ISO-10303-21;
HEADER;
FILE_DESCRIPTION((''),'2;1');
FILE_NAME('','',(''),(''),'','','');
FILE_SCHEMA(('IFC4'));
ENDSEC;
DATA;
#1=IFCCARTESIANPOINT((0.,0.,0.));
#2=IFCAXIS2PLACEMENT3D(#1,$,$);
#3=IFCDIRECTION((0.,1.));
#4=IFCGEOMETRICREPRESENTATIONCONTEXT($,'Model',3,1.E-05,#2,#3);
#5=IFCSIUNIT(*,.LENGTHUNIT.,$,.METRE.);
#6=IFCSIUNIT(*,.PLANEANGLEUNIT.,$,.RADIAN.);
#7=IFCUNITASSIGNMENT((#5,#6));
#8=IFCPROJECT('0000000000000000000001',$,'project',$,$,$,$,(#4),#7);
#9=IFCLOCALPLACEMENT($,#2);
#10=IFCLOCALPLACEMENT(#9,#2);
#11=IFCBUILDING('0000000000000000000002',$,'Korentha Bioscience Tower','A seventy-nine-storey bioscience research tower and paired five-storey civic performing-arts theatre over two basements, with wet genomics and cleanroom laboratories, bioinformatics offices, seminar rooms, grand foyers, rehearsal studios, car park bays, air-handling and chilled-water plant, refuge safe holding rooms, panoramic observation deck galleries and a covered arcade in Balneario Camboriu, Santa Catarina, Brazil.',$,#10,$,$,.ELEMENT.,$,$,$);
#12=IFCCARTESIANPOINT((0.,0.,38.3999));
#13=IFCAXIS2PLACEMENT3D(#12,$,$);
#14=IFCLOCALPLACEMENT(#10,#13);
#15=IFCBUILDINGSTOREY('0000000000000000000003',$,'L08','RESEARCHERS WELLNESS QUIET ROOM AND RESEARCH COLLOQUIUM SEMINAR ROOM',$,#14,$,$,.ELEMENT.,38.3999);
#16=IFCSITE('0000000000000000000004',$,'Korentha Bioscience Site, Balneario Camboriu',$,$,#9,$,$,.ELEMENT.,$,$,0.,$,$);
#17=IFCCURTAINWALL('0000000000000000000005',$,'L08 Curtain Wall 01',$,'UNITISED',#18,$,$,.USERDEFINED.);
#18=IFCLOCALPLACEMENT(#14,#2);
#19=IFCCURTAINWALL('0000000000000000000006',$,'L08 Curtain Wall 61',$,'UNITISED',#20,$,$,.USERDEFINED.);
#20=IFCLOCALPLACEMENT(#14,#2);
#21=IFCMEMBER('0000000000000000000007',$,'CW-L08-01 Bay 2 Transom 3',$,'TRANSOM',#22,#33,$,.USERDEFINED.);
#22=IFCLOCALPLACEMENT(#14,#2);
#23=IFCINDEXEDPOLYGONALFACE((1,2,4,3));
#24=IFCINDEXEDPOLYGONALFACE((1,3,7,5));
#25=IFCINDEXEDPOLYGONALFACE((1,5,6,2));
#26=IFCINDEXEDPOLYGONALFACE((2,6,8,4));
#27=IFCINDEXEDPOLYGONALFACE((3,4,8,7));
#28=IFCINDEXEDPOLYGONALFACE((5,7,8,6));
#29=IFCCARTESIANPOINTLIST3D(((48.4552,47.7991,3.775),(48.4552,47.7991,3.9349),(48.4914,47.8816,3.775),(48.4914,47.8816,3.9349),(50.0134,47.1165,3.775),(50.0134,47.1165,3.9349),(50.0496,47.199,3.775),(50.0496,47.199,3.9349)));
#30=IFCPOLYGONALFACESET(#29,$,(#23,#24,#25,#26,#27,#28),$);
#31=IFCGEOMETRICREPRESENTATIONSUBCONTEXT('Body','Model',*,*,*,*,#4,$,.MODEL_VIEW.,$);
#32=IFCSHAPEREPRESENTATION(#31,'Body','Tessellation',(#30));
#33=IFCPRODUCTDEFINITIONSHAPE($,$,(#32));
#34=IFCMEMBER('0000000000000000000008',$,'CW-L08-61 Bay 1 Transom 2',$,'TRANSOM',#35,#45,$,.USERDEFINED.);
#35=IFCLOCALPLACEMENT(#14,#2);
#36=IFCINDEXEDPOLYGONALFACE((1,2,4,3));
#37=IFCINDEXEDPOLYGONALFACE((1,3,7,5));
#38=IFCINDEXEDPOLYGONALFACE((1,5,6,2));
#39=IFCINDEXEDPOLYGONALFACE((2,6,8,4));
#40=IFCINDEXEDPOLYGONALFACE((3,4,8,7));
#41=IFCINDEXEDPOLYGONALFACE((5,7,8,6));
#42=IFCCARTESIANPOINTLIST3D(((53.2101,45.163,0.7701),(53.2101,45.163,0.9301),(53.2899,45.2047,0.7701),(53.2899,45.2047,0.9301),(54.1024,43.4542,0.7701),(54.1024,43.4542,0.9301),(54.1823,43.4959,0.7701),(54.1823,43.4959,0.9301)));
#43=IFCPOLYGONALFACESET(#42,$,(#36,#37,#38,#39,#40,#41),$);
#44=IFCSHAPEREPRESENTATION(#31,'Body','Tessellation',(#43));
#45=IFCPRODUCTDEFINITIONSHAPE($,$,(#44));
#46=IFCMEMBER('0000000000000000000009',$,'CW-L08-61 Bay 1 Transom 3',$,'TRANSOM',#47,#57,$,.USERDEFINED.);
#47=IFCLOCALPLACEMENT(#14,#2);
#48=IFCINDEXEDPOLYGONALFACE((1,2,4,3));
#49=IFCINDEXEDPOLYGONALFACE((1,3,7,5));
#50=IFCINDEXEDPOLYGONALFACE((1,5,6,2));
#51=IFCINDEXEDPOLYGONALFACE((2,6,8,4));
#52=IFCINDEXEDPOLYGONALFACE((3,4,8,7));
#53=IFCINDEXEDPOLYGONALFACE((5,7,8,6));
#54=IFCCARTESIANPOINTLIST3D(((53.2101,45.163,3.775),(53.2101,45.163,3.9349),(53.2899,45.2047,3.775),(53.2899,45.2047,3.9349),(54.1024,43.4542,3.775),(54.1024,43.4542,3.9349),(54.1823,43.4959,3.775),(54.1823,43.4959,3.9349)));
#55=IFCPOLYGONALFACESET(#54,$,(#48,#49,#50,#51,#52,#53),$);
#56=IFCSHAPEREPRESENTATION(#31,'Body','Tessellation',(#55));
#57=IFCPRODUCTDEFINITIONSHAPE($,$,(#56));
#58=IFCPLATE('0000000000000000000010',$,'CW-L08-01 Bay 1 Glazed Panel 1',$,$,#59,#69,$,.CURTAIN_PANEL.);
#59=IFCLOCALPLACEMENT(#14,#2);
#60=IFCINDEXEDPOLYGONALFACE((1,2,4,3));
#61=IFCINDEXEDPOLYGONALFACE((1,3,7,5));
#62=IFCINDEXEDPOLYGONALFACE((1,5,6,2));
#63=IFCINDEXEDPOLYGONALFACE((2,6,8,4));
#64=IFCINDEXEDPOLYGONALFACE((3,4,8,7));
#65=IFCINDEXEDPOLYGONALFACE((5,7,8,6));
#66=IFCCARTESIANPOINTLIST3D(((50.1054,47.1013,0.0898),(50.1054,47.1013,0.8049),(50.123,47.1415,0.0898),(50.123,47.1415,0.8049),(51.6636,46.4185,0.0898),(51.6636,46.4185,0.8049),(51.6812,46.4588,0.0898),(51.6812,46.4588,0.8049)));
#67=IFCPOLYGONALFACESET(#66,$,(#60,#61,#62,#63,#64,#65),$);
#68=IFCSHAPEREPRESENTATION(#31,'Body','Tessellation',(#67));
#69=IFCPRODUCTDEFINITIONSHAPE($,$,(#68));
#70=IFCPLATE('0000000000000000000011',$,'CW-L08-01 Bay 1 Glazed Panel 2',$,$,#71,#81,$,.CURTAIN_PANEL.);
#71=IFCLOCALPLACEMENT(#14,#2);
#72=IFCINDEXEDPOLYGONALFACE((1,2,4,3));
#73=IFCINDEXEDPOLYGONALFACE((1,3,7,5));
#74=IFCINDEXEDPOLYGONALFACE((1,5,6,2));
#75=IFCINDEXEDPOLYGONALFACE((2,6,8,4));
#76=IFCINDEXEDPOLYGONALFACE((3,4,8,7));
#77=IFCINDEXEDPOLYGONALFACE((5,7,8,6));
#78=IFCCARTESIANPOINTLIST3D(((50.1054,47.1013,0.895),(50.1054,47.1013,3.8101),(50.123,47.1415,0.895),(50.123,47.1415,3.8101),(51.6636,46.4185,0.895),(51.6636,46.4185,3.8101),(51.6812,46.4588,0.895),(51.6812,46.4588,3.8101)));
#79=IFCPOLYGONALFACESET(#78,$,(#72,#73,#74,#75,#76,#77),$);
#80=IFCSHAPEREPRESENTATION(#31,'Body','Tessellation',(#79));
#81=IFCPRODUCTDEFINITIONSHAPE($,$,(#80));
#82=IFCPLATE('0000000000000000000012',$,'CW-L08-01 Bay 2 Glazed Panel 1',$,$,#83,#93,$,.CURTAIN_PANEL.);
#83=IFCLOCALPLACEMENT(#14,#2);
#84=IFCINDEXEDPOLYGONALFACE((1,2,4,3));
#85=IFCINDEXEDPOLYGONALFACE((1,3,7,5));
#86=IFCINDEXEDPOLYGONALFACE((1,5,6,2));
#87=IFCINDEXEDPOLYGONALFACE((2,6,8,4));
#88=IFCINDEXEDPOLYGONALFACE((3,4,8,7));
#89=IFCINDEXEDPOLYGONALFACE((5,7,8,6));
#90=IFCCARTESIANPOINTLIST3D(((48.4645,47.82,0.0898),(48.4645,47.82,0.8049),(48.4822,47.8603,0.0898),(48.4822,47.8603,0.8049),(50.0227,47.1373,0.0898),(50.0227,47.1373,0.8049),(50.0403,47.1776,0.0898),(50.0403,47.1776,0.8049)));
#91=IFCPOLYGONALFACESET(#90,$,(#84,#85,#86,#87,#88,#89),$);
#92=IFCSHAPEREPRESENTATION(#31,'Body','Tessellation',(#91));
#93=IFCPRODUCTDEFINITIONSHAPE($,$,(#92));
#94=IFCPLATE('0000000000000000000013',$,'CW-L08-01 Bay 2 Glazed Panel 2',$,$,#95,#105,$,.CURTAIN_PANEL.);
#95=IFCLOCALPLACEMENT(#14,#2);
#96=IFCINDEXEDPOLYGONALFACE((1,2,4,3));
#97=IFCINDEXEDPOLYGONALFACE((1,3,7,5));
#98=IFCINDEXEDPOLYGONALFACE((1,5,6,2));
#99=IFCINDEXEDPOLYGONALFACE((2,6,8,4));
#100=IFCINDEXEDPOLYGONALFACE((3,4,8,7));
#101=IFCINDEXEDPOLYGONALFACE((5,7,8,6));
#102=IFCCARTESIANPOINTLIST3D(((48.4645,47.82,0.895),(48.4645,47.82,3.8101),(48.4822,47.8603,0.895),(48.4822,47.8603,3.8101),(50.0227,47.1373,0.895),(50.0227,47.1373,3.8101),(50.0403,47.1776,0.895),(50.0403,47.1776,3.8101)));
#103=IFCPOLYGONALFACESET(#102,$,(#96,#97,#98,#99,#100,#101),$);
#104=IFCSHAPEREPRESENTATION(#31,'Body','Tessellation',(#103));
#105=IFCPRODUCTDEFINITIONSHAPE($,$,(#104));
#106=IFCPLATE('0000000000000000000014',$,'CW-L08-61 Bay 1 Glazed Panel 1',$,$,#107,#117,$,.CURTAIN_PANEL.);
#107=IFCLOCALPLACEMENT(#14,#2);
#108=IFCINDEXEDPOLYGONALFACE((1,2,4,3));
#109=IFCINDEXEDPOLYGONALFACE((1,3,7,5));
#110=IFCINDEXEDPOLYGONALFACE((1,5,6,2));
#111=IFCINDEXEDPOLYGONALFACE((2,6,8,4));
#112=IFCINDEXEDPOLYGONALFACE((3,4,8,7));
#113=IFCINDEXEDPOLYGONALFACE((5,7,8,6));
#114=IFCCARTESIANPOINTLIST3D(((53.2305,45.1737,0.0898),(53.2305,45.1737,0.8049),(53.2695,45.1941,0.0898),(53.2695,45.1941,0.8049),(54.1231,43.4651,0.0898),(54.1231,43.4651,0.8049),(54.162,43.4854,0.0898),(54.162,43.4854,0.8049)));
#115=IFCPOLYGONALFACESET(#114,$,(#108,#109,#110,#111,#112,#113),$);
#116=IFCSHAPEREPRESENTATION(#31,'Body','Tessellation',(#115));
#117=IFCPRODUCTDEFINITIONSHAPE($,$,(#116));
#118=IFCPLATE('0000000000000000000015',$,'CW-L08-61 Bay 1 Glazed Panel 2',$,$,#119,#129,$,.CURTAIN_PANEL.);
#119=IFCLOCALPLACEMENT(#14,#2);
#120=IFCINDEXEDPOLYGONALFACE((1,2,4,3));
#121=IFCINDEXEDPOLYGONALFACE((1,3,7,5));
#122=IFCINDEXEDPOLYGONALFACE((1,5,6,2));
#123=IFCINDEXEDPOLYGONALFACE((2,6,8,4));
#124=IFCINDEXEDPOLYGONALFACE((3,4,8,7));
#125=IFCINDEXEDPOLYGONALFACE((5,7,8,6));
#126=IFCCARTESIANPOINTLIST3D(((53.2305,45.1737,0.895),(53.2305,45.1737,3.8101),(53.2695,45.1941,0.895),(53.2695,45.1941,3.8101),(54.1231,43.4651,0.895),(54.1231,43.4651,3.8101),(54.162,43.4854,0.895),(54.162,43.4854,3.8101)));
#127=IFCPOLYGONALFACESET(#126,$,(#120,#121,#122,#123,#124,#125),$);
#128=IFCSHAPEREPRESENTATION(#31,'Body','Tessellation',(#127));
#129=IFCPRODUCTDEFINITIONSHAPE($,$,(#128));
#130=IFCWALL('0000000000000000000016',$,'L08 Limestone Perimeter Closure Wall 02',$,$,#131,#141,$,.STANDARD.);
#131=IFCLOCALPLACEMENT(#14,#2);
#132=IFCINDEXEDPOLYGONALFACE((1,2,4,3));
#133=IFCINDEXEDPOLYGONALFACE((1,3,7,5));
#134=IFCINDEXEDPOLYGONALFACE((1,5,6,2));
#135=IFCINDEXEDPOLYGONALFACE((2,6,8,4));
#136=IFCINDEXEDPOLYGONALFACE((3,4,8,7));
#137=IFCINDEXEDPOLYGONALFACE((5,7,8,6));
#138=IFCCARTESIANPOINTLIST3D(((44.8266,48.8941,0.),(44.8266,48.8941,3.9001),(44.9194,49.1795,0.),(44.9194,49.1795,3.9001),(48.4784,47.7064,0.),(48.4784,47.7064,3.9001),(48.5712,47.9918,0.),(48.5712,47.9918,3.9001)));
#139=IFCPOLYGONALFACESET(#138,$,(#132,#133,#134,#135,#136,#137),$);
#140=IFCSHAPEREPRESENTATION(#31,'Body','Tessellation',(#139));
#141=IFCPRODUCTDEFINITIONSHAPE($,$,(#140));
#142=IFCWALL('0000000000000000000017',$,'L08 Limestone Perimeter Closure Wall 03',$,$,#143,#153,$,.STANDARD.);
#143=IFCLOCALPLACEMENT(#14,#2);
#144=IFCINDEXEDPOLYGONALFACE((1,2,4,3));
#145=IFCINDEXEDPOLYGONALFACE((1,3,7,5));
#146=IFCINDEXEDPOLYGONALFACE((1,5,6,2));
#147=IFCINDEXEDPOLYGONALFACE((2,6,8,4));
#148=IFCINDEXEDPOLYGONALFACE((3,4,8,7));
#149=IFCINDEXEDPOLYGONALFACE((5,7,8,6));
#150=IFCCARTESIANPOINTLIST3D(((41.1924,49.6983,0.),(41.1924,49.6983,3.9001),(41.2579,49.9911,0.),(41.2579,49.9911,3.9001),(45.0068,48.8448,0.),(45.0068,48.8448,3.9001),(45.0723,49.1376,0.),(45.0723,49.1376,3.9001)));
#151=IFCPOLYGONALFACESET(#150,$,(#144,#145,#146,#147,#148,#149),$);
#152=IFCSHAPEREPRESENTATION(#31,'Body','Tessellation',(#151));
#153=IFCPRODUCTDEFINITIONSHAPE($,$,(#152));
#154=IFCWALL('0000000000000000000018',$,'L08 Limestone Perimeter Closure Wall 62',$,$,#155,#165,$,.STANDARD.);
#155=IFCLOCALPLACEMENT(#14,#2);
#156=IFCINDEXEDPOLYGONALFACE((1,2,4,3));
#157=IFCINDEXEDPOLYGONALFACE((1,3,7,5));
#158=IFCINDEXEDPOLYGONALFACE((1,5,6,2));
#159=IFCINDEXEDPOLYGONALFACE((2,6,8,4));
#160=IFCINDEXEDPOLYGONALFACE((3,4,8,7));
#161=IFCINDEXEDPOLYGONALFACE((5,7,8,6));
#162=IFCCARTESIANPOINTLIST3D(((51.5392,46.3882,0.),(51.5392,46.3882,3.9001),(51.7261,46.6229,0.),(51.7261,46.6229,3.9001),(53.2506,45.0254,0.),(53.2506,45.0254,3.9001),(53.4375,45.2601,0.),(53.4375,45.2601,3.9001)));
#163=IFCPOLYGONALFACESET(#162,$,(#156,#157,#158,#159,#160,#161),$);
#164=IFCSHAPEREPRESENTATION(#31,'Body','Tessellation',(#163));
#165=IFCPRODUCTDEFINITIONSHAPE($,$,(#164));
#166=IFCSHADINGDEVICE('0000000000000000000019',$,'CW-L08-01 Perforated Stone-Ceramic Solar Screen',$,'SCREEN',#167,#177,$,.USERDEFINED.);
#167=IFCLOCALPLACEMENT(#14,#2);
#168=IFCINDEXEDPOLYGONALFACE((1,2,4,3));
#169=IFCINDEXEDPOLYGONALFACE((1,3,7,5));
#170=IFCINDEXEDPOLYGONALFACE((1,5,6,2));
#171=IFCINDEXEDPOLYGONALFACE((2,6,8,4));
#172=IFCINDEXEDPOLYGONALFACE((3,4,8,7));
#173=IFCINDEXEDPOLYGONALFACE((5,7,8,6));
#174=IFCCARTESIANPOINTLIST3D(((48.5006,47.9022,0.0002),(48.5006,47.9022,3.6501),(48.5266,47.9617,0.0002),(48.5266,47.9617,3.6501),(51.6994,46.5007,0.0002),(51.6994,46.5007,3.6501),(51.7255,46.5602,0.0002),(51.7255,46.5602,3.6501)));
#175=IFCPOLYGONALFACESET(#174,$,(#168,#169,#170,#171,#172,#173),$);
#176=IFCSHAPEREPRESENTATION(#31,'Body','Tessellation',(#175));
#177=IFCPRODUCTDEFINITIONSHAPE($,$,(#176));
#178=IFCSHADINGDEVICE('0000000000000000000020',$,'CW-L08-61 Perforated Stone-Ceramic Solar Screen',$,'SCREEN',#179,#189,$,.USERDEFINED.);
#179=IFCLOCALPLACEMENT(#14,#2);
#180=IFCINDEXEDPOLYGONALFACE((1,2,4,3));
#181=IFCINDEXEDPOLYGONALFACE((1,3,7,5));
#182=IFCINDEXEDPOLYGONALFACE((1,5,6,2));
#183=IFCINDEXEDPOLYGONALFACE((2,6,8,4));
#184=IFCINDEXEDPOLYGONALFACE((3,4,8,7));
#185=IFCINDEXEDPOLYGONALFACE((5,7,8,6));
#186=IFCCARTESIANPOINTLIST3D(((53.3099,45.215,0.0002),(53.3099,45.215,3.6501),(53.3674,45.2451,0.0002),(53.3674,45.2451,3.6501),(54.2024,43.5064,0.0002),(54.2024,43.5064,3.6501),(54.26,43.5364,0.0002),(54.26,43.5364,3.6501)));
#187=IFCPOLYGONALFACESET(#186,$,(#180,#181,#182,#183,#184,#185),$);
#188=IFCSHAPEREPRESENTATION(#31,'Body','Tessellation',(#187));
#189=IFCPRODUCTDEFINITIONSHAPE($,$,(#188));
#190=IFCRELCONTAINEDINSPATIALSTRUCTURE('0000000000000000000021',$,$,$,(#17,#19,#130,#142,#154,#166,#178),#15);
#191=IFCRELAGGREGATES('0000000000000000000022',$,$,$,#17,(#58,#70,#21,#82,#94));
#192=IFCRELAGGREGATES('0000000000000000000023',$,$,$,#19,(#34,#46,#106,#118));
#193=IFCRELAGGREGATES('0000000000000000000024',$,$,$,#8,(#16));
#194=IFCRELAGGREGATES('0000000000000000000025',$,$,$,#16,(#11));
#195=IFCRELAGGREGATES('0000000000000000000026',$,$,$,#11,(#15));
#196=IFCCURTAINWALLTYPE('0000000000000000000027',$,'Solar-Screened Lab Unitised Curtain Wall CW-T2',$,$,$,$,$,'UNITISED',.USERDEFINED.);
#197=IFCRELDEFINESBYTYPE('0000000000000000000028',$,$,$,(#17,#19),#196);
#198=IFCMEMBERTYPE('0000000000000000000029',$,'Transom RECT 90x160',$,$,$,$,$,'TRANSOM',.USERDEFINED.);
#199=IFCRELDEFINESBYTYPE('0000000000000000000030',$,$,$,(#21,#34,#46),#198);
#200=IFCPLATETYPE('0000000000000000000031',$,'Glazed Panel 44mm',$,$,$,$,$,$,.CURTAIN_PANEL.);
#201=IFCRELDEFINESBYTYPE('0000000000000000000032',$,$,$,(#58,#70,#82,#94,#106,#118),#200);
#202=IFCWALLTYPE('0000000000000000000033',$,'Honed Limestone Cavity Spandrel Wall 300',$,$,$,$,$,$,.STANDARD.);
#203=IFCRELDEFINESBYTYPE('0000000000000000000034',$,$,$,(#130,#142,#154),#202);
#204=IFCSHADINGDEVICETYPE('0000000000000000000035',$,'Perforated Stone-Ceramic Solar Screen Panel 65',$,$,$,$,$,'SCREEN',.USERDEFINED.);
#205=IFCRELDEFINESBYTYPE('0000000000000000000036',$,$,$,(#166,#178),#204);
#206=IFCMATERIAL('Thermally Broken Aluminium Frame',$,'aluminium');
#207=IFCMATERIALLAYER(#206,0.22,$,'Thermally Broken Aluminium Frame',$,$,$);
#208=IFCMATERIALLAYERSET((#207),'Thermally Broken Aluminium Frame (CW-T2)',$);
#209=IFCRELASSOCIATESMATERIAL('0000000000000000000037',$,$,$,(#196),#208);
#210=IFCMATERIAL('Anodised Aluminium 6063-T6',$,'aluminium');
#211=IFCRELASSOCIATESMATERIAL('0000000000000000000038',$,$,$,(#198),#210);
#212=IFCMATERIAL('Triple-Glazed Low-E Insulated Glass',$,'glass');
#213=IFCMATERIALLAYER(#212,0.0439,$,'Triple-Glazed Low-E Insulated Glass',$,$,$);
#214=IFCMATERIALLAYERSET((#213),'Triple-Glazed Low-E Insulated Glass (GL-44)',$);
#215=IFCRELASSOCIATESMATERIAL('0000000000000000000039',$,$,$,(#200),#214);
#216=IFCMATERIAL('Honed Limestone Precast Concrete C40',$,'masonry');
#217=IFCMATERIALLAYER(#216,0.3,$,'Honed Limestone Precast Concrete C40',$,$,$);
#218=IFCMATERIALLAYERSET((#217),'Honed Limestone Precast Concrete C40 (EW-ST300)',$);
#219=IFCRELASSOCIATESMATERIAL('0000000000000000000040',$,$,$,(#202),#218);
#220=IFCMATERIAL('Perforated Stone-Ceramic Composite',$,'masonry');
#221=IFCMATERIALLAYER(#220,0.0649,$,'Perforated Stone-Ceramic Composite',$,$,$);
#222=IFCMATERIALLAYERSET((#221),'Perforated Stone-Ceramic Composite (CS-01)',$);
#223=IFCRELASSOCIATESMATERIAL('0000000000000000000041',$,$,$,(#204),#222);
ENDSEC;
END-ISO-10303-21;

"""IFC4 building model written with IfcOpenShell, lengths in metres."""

from ifc_helpers import new_model, si_unit, direction, frame, frame_2d, origin, origin_2d, place, context, subcontext, project, spatial, rectangle, extrude, material, layer, layer_set, material_profile, profile_set, type_object, element, aggregate, save


model = new_model("IFC4")

# Units and contexts
model_context = context("Model", 3, precision=1e-05, world=origin(), true_north=direction((0.0, 1.0)))
body_context = subcontext(model_context, "Body", "Model", "MODEL_VIEW")
ifc_project = project(units=[si_unit("LENGTHUNIT", "METRE"), si_unit("PLANEANGLEUNIT", "RADIAN")], contexts=[model_context])

# Site, building, storey
site_placement = place(None, origin())
site = spatial("IfcSite", under=ifc_project, at=site_placement, Name="Korentha Bioscience Site, Balneario Camboriu", CompositionType="ELEMENT", RefElevation=0.0)
building_placement = place(site_placement, origin())
building = spatial("IfcBuilding", under=site, at=building_placement, Name="Korentha Bioscience Tower", Description="A seventy-nine-storey bioscience research tower and paired five-storey civic performing-arts theatre over two basements, with wet genomics and cleanroom laboratories, bioinformatics offices, seminar rooms, grand foyers, rehearsal studios, car park bays, air-handling and chilled-water plant, refuge safe holding rooms, panoramic observation deck galleries and a covered arcade in Balneario Camboriu, Santa Catarina, Brazil.", CompositionType="ELEMENT")
storey_placement = place(building_placement, frame((0.0, 0.0, 38.3999)))
storey = spatial("IfcBuildingStorey", under=building, at=storey_placement, Name="L08", Description="RESEARCHERS WELLNESS QUIET ROOM AND RESEARCH COLLOQUIUM SEMINAR ROOM", CompositionType="ELEMENT", Elevation=38.3999)

# Curtain wall
ifc_material_1 = material(Name="Thermally Broken Aluminium Frame", Category="aluminium")
ifc_layer_1 = layer(ifc_material_1, 0.22, Name="Thermally Broken Aluminium Frame")
ifc_layer_set_1 = layer_set([ifc_layer_1], Name="Thermally Broken Aluminium Frame (CW-T2)")
curtain_wall_type = type_object("IfcCurtainWallType", Name="Solar-Screened Lab Unitised Curtain Wall CW-T2", ElementType="UNITISED", PredefinedType="USERDEFINED", material=ifc_layer_set_1)
curtain_wall_1_placement = place(storey_placement, origin())
curtain_wall_1 = element("IfcCurtainWall", 1, at=curtain_wall_1_placement, inside=storey, type_object=curtain_wall_type, Name="L08 Curtain Wall 01", ObjectType="UNITISED", PredefinedType="USERDEFINED")
ifc_material_2 = material(Name="Anodised Aluminium 6063-T6", Category="aluminium")

# Curtain wall
curtain_wall_2_placement = place(storey_placement, origin())
curtain_wall_2 = element("IfcCurtainWall", 2, at=curtain_wall_2_placement, inside=storey, type_object=curtain_wall_type, Name="L08 Curtain Wall 61", ObjectType="UNITISED", PredefinedType="USERDEFINED")

# Members
ifc_material_profile_1 = material_profile(ifc_material_2, rectangle(XDim=0.0901, YDim=0.1599, at=origin_2d()), Name="Anodised Aluminium 6063-T6")
ifc_profile_set_1 = profile_set([ifc_material_profile_1], Name="Anodised Aluminium 6063-T6 (CW-TRN)")
member_type_1 = type_object("IfcMemberType", Name="Transom RECT 90x160", ElementType="TRANSOM", PredefinedType="USERDEFINED", material=ifc_profile_set_1)
member_1_placement = place(storey_placement, frame((50.0315, 47.1577, 3.855), z_axis=(-0.915953, 0.401286, 0.0), x_axis=(-0.401286, -0.915953, 0.0)))
member_1 = element("IfcMember", 3, at=member_1_placement, type_object=member_type_1, Name="CW-L08-01 Bay 2 Transom 3", ObjectType="TRANSOM", PredefinedType="USERDEFINED", context=body_context, shape_type="SweptSolid", body=[
    extrude(rectangle(XDim=0.0901, YDim=0.1599, at=origin_2d()), origin(), (0.0, 0.0, 1.0), 1.7012),
])
member_2_placement = place(storey_placement, frame((54.1423, 43.4751, 0.8501), z_axis=(-0.462899, 0.886411, 0.0), x_axis=(-0.886411, -0.462899, 0.0)))
member_2 = element("IfcMember", 4, at=member_2_placement, type_object=member_type_1, Name="CW-L08-61 Bay 1 Transom 2", ObjectType="TRANSOM", PredefinedType="USERDEFINED", context=body_context, shape_type="SweptSolid", body=[
    extrude(rectangle(XDim=0.0901, YDim=0.1599, at=origin_2d()), origin(), (0.0, 0.0, 1.0), 1.9277),
])
member_3_placement = place(storey_placement, frame((54.1423, 43.4751, 3.855), z_axis=(-0.462899, 0.886411, 0.0), x_axis=(-0.886411, -0.462899, 0.0)))
member_3 = element("IfcMember", 5, at=member_3_placement, type_object=member_type_1, Name="CW-L08-61 Bay 1 Transom 3", ObjectType="TRANSOM", PredefinedType="USERDEFINED", context=body_context, shape_type="SweptSolid", body=[
    extrude(rectangle(XDim=0.0901, YDim=0.1599, at=origin_2d()), origin(), (0.0, 0.0, 1.0), 1.9277),
])

# Plates
ifc_material_3 = material(Name="Triple-Glazed Low-E Insulated Glass", Category="glass")
ifc_layer_2 = layer(ifc_material_3, 0.0439, Name="Triple-Glazed Low-E Insulated Glass")
ifc_layer_set_2 = layer_set([ifc_layer_2], Name="Triple-Glazed Low-E Insulated Glass (GL-44)")
plate_type = type_object("IfcPlateType", Name="Glazed Panel 44mm", PredefinedType="CURTAIN_PANEL", material=ifc_layer_set_2)
plate_1_placement = place(storey_placement, frame((50.8933, 46.78, 0.0898), z_axis=(0.0, 0.0, 1.0), x_axis=(-0.915939, 0.401317, 0.0)))
plate_1 = element("IfcPlate", 6, at=plate_1_placement, type_object=plate_type, Name="CW-L08-01 Bay 1 Glazed Panel 1", PredefinedType="CURTAIN_PANEL", context=body_context, shape_type="SweptSolid", body=[
    extrude(rectangle(XDim=1.7012, YDim=0.0439, at=origin_2d()), origin(), (0.0, 0.0, 1.0), 0.7151),
])
plate_2_placement = place(storey_placement, frame((50.8933, 46.78, 0.895), z_axis=(0.0, 0.0, 1.0), x_axis=(-0.915939, 0.401317, 0.0)))
plate_2 = element("IfcPlate", 7, at=plate_2_placement, type_object=plate_type, Name="CW-L08-01 Bay 1 Glazed Panel 2", PredefinedType="CURTAIN_PANEL", context=body_context, shape_type="SweptSolid", body=[
    extrude(rectangle(XDim=1.7012, YDim=0.0439, at=origin_2d()), origin(), (0.0, 0.0, 1.0), 2.915),
])
plate_3_placement = place(storey_placement, frame((49.2524, 47.4988, 0.0898), z_axis=(0.0, 0.0, 1.0), x_axis=(-0.915939, 0.401317, 0.0)))
plate_3 = element("IfcPlate", 8, at=plate_3_placement, type_object=plate_type, Name="CW-L08-01 Bay 2 Glazed Panel 1", PredefinedType="CURTAIN_PANEL", context=body_context, shape_type="SweptSolid", body=[
    extrude(rectangle(XDim=1.7012, YDim=0.0439, at=origin_2d()), origin(), (0.0, 0.0, 1.0), 0.7151),
])
plate_4_placement = place(storey_placement, frame((49.2524, 47.4988, 0.895), z_axis=(0.0, 0.0, 1.0), x_axis=(-0.915939, 0.401317, 0.0)))
plate_4 = element("IfcPlate", 9, at=plate_4_placement, type_object=plate_type, Name="CW-L08-01 Bay 2 Glazed Panel 2", PredefinedType="CURTAIN_PANEL", context=body_context, shape_type="SweptSolid", body=[
    extrude(rectangle(XDim=1.7012, YDim=0.0439, at=origin_2d()), origin(), (0.0, 0.0, 1.0), 2.915),
])
aggregate(curtain_wall_1, [plate_1, plate_2, member_1, plate_3, plate_4])
plate_5_placement = place(storey_placement, frame((53.6963, 44.3296, 0.0898), z_axis=(0.0, 0.0, 1.0), x_axis=(-0.463009, 0.886354, 0.0)))
plate_5 = element("IfcPlate", 10, at=plate_5_placement, type_object=plate_type, Name="CW-L08-61 Bay 1 Glazed Panel 1", PredefinedType="CURTAIN_PANEL", context=body_context, shape_type="SweptSolid", body=[
    extrude(rectangle(XDim=1.9277, YDim=0.0439, at=origin_2d()), origin(), (0.0, 0.0, 1.0), 0.7151),
])
plate_6_placement = place(storey_placement, frame((53.6963, 44.3296, 0.895), z_axis=(0.0, 0.0, 1.0), x_axis=(-0.463009, 0.886354, 0.0)))
plate_6 = element("IfcPlate", 11, at=plate_6_placement, type_object=plate_type, Name="CW-L08-61 Bay 1 Glazed Panel 2", PredefinedType="CURTAIN_PANEL", context=body_context, shape_type="SweptSolid", body=[
    extrude(rectangle(XDim=1.9277, YDim=0.0439, at=origin_2d()), origin(), (0.0, 0.0, 1.0), 2.915),
])
aggregate(curtain_wall_2, [member_2, member_3, plate_5, plate_6])

# Walls
ifc_material_4 = material(Name="Honed Limestone Precast Concrete C40", Category="masonry")
ifc_layer_3 = layer(ifc_material_4, 0.3, Name="Honed Limestone Precast Concrete C40")
ifc_layer_set_3 = layer_set([ifc_layer_3], Name="Honed Limestone Precast Concrete C40 (EW-ST300)")
wall_type = type_object("IfcWallType", Name="Honed Limestone Cavity Spandrel Wall 300", PredefinedType="STANDARD", material=ifc_layer_set_3)
wall_1_placement = place(storey_placement, frame((48.5247, 47.8491, 0.0), z_axis=(0.0, 0.0, 1.0), x_axis=(-0.950966, 0.309296, 0.0)))
element("IfcWall", 12, at=wall_1_placement, inside=storey, type_object=wall_type, Name="L08 Limestone Perimeter Closure Wall 02", PredefinedType="STANDARD", context=body_context, shape_type="SweptSolid", body=[
    extrude(rectangle(XDim=3.8401, YDim=0.3, at=frame_2d((1.9199, 0.0))), origin(), (0.0, 0.0, 1.0), 3.9001),
])
wall_2_placement = place(storey_placement, frame((45.0396, 48.9912, 0.0), z_axis=(0.0, 0.0, 1.0), x_axis=(-0.975869, 0.218359, 0.0)))
element("IfcWall", 13, at=wall_2_placement, inside=storey, type_object=wall_type, Name="L08 Limestone Perimeter Closure Wall 03", PredefinedType="STANDARD", context=body_context, shape_type="SweptSolid", body=[
    extrude(rectangle(XDim=3.9087, YDim=0.3, at=frame_2d((1.9543, 0.0))), origin(), (0.0, 0.0, 1.0), 3.9001),
])
wall_3_placement = place(storey_placement, frame((53.344, 45.1428, 0.0), z_axis=(0.0, 0.0, 1.0), x_axis=(-0.782282, 0.622924, 0.0)))
element("IfcWall", 14, at=wall_3_placement, inside=storey, type_object=wall_type, Name="L08 Limestone Perimeter Closure Wall 62", PredefinedType="STANDARD", context=body_context, shape_type="SweptSolid", body=[
    extrude(rectangle(XDim=2.1877, YDim=0.3, at=frame_2d((1.0938, 0.0))), origin(), (0.0, 0.0, 1.0), 3.9001),
])

# Shading devices
ifc_material_5 = material(Name="Perforated Stone-Ceramic Composite", Category="masonry")
ifc_layer_4 = layer(ifc_material_5, 0.0649, Name="Perforated Stone-Ceramic Composite")
ifc_layer_set_4 = layer_set([ifc_layer_4], Name="Perforated Stone-Ceramic Composite (CS-01)")
shading_device_type_1 = type_object("IfcShadingDeviceType", Name="Perforated Stone-Ceramic Solar Screen Panel 65", ElementType="SCREEN", PredefinedType="USERDEFINED", material=ifc_layer_set_4)
shading_device_1_placement = place(storey_placement, frame((50.113, 47.2312, 0.0002), z_axis=(0.0, 0.0, 1.0), x_axis=(-0.915939, 0.401317, 0.0)))
element("IfcShadingDevice", 15, at=shading_device_1_placement, inside=storey, type_object=shading_device_type_1, Name="CW-L08-01 Perforated Stone-Ceramic Solar Screen", ObjectType="SCREEN", PredefinedType="USERDEFINED", context=body_context, shape_type="SweptSolid", body=[
    extrude(rectangle(XDim=3.4924, YDim=0.0649, at=origin_2d()), origin(), (0.0, 0.0, 1.0), 3.6499),
])
shading_device_2_placement = place(storey_placement, frame((53.7849, 44.3757, 0.0002), z_axis=(0.0, 0.0, 1.0), x_axis=(-0.463009, 0.886354, 0.0)))
element("IfcShadingDevice", 16, at=shading_device_2_placement, inside=storey, type_object=shading_device_type_1, Name="CW-L08-61 Perforated Stone-Ceramic Solar Screen", ObjectType="SCREEN", PredefinedType="USERDEFINED", context=body_context, shape_type="SweptSolid", body=[
    extrude(rectangle(XDim=1.9277, YDim=0.0649, at=origin_2d()), origin(), (0.0, 0.0, 1.0), 3.6499),
])

save(model, "model.ifc")
